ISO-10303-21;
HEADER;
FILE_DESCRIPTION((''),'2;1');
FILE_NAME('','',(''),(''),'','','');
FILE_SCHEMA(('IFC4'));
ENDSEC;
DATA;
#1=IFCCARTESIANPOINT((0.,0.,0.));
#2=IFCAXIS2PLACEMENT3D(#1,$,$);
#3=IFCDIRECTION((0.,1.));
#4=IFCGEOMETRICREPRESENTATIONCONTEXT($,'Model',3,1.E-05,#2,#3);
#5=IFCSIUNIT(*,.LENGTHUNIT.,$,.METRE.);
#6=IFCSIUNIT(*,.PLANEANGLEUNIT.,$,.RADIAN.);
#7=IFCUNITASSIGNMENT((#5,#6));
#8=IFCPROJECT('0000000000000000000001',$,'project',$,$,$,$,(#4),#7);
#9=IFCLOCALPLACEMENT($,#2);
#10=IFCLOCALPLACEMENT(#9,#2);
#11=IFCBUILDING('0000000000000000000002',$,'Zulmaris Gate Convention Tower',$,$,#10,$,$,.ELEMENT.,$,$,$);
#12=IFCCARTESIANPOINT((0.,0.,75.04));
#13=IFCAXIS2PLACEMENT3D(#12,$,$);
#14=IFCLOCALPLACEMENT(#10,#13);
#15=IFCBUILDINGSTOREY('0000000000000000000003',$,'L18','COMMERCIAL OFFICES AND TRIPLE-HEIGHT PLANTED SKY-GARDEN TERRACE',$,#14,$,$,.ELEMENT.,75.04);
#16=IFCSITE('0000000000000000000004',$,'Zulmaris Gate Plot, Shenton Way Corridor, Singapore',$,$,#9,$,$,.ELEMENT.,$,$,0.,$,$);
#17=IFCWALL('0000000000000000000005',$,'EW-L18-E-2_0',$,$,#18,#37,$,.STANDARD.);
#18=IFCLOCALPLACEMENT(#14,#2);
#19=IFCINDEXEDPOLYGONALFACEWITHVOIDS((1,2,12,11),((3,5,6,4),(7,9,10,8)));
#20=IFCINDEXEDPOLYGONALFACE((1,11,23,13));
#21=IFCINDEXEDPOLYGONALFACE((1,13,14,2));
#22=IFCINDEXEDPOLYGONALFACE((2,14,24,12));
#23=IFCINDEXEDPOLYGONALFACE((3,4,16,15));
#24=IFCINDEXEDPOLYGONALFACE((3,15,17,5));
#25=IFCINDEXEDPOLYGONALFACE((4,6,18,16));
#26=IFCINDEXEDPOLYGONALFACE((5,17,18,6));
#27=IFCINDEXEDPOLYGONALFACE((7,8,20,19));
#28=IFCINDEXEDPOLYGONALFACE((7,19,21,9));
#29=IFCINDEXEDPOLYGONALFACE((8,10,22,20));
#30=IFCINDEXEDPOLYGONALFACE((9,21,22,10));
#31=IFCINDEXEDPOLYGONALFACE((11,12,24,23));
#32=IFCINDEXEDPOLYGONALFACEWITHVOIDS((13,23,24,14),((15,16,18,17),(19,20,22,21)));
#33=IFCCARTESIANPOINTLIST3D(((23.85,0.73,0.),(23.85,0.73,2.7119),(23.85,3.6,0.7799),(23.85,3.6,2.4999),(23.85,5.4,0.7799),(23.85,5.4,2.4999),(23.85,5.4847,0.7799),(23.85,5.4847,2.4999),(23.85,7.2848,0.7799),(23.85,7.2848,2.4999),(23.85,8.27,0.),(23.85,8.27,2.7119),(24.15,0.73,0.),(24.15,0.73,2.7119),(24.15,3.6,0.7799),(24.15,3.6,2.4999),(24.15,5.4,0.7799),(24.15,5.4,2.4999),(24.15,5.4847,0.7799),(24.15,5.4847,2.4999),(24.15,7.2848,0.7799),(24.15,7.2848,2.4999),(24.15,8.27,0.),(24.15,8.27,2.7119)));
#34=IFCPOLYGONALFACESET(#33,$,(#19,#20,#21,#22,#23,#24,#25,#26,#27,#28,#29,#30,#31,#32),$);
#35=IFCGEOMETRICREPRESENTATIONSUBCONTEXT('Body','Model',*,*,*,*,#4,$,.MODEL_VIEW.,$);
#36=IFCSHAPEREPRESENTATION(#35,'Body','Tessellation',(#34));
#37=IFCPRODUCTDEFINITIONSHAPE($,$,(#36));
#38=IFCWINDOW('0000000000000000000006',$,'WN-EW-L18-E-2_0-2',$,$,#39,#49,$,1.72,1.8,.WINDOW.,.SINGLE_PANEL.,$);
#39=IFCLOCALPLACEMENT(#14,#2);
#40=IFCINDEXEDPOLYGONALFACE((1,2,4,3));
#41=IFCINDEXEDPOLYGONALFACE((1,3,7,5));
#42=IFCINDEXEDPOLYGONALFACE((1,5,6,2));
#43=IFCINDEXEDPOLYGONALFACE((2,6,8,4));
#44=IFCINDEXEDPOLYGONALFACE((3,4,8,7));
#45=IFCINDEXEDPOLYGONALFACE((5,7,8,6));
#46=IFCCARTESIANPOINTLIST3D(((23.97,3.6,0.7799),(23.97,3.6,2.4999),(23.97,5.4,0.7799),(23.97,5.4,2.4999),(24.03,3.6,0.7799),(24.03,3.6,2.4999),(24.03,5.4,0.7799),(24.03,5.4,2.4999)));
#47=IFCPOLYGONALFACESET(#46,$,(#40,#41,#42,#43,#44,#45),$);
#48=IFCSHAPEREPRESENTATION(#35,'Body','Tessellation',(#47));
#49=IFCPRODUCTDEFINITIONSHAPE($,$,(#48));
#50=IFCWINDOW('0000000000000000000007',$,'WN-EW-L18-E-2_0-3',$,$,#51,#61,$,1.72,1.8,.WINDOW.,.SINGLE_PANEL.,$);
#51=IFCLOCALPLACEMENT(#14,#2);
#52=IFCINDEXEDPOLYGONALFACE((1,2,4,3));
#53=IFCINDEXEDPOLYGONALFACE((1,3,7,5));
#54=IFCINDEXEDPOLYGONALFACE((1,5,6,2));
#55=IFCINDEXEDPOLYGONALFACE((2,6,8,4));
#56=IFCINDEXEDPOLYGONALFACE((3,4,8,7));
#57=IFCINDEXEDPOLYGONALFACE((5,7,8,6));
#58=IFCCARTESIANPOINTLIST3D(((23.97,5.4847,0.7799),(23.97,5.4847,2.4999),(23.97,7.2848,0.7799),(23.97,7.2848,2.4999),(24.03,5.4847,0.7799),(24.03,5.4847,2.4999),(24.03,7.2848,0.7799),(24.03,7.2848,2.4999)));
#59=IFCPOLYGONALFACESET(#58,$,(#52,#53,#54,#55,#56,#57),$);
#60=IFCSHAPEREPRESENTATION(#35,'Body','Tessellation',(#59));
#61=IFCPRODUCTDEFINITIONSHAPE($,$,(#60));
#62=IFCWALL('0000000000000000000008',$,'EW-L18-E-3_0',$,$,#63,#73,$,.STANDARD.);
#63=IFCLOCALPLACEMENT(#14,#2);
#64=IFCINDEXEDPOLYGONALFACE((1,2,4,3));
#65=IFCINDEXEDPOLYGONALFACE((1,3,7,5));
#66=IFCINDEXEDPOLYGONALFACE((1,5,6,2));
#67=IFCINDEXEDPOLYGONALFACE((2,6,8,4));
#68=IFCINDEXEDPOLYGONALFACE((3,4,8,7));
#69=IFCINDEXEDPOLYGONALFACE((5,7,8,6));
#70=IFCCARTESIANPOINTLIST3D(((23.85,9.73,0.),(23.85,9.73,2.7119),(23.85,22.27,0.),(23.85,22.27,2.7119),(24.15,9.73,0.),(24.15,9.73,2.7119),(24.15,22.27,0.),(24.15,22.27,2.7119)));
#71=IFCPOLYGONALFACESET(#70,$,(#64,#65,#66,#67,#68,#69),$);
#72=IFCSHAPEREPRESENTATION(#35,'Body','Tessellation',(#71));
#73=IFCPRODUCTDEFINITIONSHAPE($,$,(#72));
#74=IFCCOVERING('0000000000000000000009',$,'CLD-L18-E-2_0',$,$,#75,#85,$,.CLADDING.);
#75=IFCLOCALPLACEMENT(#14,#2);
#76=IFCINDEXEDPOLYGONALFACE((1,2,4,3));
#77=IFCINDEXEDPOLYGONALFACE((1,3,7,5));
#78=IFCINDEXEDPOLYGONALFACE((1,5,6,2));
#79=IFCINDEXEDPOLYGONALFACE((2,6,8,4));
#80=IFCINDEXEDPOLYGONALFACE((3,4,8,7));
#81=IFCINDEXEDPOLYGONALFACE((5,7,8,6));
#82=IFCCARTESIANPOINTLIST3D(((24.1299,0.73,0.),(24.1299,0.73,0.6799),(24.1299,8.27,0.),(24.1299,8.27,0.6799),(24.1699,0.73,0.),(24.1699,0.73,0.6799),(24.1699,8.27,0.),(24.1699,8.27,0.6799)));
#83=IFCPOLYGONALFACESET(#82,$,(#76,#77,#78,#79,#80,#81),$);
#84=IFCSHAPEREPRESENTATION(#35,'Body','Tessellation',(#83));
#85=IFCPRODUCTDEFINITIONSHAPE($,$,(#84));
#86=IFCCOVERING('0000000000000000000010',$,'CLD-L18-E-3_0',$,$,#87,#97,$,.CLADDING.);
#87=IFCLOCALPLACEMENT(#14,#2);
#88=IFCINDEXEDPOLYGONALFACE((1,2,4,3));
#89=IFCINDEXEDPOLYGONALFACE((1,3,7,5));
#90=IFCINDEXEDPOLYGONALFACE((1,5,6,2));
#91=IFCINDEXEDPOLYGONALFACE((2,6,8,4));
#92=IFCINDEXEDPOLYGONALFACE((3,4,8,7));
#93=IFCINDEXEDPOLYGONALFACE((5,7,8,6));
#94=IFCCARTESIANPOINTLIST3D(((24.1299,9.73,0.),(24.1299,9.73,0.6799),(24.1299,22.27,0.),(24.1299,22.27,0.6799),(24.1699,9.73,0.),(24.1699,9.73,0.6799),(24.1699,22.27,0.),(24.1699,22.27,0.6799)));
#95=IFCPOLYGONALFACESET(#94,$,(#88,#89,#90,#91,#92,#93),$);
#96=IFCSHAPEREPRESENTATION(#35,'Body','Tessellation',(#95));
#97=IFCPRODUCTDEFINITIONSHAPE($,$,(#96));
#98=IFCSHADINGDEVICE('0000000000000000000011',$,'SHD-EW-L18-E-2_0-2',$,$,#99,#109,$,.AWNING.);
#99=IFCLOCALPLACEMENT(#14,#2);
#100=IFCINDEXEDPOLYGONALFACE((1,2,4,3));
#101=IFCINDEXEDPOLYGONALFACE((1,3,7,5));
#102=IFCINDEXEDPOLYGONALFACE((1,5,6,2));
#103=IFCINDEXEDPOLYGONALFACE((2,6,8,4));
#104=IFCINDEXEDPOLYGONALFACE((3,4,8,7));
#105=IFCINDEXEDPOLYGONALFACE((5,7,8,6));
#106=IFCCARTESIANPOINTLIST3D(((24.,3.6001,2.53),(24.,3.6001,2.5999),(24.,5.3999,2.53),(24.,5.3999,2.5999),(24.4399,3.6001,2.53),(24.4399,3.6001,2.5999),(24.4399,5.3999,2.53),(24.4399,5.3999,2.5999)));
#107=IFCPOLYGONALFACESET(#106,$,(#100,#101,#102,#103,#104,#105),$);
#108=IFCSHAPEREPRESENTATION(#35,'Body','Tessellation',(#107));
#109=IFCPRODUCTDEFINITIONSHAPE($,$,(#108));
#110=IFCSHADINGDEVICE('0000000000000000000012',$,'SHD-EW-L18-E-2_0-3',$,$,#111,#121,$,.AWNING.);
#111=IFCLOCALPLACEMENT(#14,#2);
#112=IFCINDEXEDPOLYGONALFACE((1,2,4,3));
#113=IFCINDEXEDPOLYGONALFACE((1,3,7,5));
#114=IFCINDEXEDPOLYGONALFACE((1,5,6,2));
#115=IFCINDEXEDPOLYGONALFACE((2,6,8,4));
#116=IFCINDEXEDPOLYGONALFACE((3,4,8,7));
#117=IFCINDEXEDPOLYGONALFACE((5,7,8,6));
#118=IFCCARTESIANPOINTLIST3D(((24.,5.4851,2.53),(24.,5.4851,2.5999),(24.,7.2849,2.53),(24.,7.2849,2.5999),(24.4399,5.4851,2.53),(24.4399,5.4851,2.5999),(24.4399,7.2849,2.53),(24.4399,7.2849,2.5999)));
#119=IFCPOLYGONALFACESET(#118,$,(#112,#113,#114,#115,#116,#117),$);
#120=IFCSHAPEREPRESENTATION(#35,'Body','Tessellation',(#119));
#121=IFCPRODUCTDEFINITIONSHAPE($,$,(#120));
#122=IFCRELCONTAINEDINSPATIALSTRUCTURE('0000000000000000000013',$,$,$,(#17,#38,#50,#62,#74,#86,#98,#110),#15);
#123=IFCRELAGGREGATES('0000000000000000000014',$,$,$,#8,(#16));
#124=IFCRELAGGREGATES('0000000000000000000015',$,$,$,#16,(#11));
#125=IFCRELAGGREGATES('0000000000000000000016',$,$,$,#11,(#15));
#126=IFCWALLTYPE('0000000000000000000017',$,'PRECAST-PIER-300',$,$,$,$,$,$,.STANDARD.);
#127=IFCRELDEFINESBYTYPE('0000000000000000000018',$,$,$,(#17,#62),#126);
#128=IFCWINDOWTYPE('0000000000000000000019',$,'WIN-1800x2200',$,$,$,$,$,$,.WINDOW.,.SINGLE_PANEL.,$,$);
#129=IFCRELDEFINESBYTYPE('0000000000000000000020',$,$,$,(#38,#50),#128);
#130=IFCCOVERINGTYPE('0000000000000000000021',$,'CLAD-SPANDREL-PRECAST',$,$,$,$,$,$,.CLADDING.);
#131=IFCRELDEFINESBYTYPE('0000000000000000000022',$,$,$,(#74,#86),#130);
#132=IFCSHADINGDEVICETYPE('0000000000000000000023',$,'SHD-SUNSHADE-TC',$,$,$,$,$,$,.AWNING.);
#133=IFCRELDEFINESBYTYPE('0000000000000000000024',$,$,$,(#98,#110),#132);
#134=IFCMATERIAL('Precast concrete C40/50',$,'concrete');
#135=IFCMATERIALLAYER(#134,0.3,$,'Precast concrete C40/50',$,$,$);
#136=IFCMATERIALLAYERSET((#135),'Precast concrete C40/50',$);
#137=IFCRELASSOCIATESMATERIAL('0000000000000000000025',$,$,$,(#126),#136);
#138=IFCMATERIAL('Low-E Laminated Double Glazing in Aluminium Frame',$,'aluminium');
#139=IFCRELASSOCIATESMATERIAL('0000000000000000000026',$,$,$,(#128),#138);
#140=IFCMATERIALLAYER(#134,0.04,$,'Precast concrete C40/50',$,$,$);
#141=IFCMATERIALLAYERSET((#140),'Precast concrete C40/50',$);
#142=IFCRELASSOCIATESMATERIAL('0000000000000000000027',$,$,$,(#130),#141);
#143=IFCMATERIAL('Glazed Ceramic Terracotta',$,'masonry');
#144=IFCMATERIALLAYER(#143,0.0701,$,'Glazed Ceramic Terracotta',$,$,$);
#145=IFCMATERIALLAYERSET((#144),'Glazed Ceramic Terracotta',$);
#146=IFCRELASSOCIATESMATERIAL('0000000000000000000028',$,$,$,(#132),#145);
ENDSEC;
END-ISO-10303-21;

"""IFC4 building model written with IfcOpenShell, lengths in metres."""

from ifc_helpers import new_model, si_unit, direction, frame, frame_2d, origin, place, context, subcontext, project, spatial, rectangle, extrude, material, layer, layer_set, type_object, element, fill, save


model = new_model("IFC4")

# Units and contexts
model_context = context("Model", 3, precision=1e-05, world=origin(), true_north=direction((0.0, 1.0)))
body_context = subcontext(model_context, "Body", "Model", "MODEL_VIEW")
ifc_project = project(units=[si_unit("LENGTHUNIT", "METRE"), si_unit("PLANEANGLEUNIT", "RADIAN")], contexts=[model_context])

# Site, building, storey
site_placement = place(None, origin())
site = spatial("IfcSite", under=ifc_project, at=site_placement, Name="Zulmaris Gate Plot, Shenton Way Corridor, Singapore", CompositionType="ELEMENT", RefElevation=0.0)
building_placement = place(site_placement, origin())
building = spatial("IfcBuilding", under=site, at=building_placement, Name="Zulmaris Gate Convention Tower", CompositionType="ELEMENT")
storey_placement = place(building_placement, frame((0.0, 0.0, 75.04)))
storey = spatial("IfcBuildingStorey", under=building, at=storey_placement, Name="L18", Description="COMMERCIAL OFFICES AND TRIPLE-HEIGHT PLANTED SKY-GARDEN TERRACE", CompositionType="ELEMENT", Elevation=75.04)

# Wall, openings, windows
ifc_material_1 = material(Name="Precast concrete C40/50", Category="concrete")
ifc_layer_1 = layer(ifc_material_1, 0.3, Name="Precast concrete C40/50")
ifc_layer_set_1 = layer_set([ifc_layer_1], Name="Precast concrete C40/50")
wall_type_1 = type_object("IfcWallType", Name="PRECAST-PIER-300", PredefinedType="STANDARD", material=ifc_layer_set_1)
wall_1_placement = place(storey_placement, frame((24.0, 0.73, 0.0), z_axis=(0.0, 0.0, 1.0), x_axis=(0.0, 1.0, 0.0)))
wall_1 = element("IfcWall", 1, at=wall_1_placement, inside=storey, type_object=wall_type_1, Name="EW-L18-E-2_0", PredefinedType="STANDARD", context=body_context, shape_type="SweptSolid", body=[
    extrude(rectangle(XDim=7.54, YDim=0.3, at=frame_2d((3.77, 0.0))), origin(), (0.0, 0.0, 1.0), 2.7119),
])
opening_1_placement = place(wall_1_placement, frame((2.8701, 0.0, 0.78)))
opening_1 = element("IfcOpeningElement", 2, at=opening_1_placement, cuts=wall_1, PredefinedType="OPENING", context=body_context, shape_type="SweptSolid", body=[
    extrude(rectangle(XDim=1.8, YDim=1.72, at=frame_2d((0.8999, 0.8599))), frame((0.0, 0.1602, 0.0), z_axis=(0.0, -1.0, 0.0), x_axis=(1.0, 0.0, 0.0)), (0.0, 0.0, 1.0), 0.3201),
])
opening_2_placement = place(wall_1_placement, frame((4.7549, 0.0, 0.78)))
opening_2 = element("IfcOpeningElement", 3, at=opening_2_placement, cuts=wall_1, PredefinedType="OPENING", context=body_context, shape_type="SweptSolid", body=[
    extrude(rectangle(XDim=1.8, YDim=1.72, at=frame_2d((0.8999, 0.8599))), frame((0.0, 0.1602, 0.0), z_axis=(0.0, -1.0, 0.0), x_axis=(1.0, 0.0, 0.0)), (0.0, 0.0, 1.0), 0.3201),
])
ifc_material_2 = material(Name="Low-E Laminated Double Glazing in Aluminium Frame", Category="aluminium")
window_type = type_object("IfcWindowType", Name="WIN-1800x2200", PartitioningType="SINGLE_PANEL", PredefinedType="WINDOW", material=ifc_material_2)
window_1_placement = place(opening_1_placement, origin())
window_1 = element("IfcWindow", 4, at=window_1_placement, inside=storey, type_object=window_type, Name="WN-EW-L18-E-2_0-2", OverallHeight=1.72, OverallWidth=1.8, PartitioningType="SINGLE_PANEL", PredefinedType="WINDOW", context=body_context, shape_type="SweptSolid", body=[
    extrude(rectangle(XDim=1.8, YDim=1.72, at=frame_2d((0.8999, 0.8599))), frame((0.0, 0.03, 0.0), z_axis=(0.0, -1.0, 0.0), x_axis=(1.0, 0.0, 0.0)), (0.0, 0.0, 1.0), 0.0601),
])
fill(opening_1, window_1)
window_2_placement = place(opening_2_placement, origin())
window_2 = element("IfcWindow", 5, at=window_2_placement, inside=storey, type_object=window_type, Name="WN-EW-L18-E-2_0-3", OverallHeight=1.72, OverallWidth=1.8, PartitioningType="SINGLE_PANEL", PredefinedType="WINDOW", context=body_context, shape_type="SweptSolid", body=[
    extrude(rectangle(XDim=1.8, YDim=1.72, at=frame_2d((0.8999, 0.8599))), frame((0.0, 0.03, 0.0), z_axis=(0.0, -1.0, 0.0), x_axis=(1.0, 0.0, 0.0)), (0.0, 0.0, 1.0), 0.0601),
])
fill(opening_2, window_2)

# Wall
wall_2_placement = place(storey_placement, frame((24.0, 9.73, 0.0), z_axis=(0.0, 0.0, 1.0), x_axis=(0.0, 1.0, 0.0)))
element("IfcWall", 6, at=wall_2_placement, inside=storey, type_object=wall_type_1, Name="EW-L18-E-3_0", PredefinedType="STANDARD", context=body_context, shape_type="SweptSolid", body=[
    extrude(rectangle(XDim=12.54, YDim=0.3, at=frame_2d((6.27, 0.0))), origin(), (0.0, 0.0, 1.0), 2.7119),
])

# Coverings
ifc_layer_2 = layer(ifc_material_1, 0.04, Name="Precast concrete C40/50")
ifc_layer_set_2 = layer_set([ifc_layer_2], Name="Precast concrete C40/50")
covering_type = type_object("IfcCoveringType", Name="CLAD-SPANDREL-PRECAST", PredefinedType="CLADDING", material=ifc_layer_set_2)
covering_1_placement = place(storey_placement, frame((24.1499, 0.73, 0.0), z_axis=(0.0, 0.0, 1.0), x_axis=(0.0, 1.0, 0.0)))
element("IfcCovering", 7, at=covering_1_placement, inside=storey, type_object=covering_type, Name="CLD-L18-E-2_0", PredefinedType="CLADDING", context=body_context, shape_type="SweptSolid", body=[
    extrude(rectangle(XDim=7.54, YDim=0.04, at=frame_2d((3.77, 0.0))), origin(), (0.0, 0.0, 1.0), 0.6799),
])
covering_2_placement = place(storey_placement, frame((24.1499, 9.73, 0.0), z_axis=(0.0, 0.0, 1.0), x_axis=(0.0, 1.0, 0.0)))
element("IfcCovering", 8, at=covering_2_placement, inside=storey, type_object=covering_type, Name="CLD-L18-E-3_0", PredefinedType="CLADDING", context=body_context, shape_type="SweptSolid", body=[
    extrude(rectangle(XDim=12.54, YDim=0.04, at=frame_2d((6.27, 0.0))), origin(), (0.0, 0.0, 1.0), 0.6799),
])

# Shading devices
ifc_material_3 = material(Name="Glazed Ceramic Terracotta", Category="masonry")
ifc_layer_3 = layer(ifc_material_3, 0.0701, Name="Glazed Ceramic Terracotta")
ifc_layer_set_3 = layer_set([ifc_layer_3], Name="Glazed Ceramic Terracotta")
shading_device_type = type_object("IfcShadingDeviceType", Name="SHD-SUNSHADE-TC", PredefinedType="AWNING", material=ifc_layer_set_3)
for number, where, z_axis, x_axis, name in (
    (9, (24.22, 3.6001, 2.53), (0.0, 0.0, 1.0), (0.0, 1.0, 0.0), "SHD-EW-L18-E-2_0-2"),
    (10, (24.22, 5.4851, 2.53), (0.0, 0.0, 1.0), (0.0, 1.0, 0.0), "SHD-EW-L18-E-2_0-3"),
):
    element("IfcShadingDevice", number, at=place(storey_placement, frame(where, z_axis=z_axis, x_axis=x_axis)), inside=storey, type_object=shading_device_type, Name=name, PredefinedType="AWNING", context=body_context, shape_type="SweptSolid", body=[
        extrude(rectangle(XDim=1.7998, YDim=0.4399, at=frame_2d((0.8999, 0.0))), origin(), (0.0, 0.0, 1.0), 0.0698),
    ])

save(model, "model.ifc")
